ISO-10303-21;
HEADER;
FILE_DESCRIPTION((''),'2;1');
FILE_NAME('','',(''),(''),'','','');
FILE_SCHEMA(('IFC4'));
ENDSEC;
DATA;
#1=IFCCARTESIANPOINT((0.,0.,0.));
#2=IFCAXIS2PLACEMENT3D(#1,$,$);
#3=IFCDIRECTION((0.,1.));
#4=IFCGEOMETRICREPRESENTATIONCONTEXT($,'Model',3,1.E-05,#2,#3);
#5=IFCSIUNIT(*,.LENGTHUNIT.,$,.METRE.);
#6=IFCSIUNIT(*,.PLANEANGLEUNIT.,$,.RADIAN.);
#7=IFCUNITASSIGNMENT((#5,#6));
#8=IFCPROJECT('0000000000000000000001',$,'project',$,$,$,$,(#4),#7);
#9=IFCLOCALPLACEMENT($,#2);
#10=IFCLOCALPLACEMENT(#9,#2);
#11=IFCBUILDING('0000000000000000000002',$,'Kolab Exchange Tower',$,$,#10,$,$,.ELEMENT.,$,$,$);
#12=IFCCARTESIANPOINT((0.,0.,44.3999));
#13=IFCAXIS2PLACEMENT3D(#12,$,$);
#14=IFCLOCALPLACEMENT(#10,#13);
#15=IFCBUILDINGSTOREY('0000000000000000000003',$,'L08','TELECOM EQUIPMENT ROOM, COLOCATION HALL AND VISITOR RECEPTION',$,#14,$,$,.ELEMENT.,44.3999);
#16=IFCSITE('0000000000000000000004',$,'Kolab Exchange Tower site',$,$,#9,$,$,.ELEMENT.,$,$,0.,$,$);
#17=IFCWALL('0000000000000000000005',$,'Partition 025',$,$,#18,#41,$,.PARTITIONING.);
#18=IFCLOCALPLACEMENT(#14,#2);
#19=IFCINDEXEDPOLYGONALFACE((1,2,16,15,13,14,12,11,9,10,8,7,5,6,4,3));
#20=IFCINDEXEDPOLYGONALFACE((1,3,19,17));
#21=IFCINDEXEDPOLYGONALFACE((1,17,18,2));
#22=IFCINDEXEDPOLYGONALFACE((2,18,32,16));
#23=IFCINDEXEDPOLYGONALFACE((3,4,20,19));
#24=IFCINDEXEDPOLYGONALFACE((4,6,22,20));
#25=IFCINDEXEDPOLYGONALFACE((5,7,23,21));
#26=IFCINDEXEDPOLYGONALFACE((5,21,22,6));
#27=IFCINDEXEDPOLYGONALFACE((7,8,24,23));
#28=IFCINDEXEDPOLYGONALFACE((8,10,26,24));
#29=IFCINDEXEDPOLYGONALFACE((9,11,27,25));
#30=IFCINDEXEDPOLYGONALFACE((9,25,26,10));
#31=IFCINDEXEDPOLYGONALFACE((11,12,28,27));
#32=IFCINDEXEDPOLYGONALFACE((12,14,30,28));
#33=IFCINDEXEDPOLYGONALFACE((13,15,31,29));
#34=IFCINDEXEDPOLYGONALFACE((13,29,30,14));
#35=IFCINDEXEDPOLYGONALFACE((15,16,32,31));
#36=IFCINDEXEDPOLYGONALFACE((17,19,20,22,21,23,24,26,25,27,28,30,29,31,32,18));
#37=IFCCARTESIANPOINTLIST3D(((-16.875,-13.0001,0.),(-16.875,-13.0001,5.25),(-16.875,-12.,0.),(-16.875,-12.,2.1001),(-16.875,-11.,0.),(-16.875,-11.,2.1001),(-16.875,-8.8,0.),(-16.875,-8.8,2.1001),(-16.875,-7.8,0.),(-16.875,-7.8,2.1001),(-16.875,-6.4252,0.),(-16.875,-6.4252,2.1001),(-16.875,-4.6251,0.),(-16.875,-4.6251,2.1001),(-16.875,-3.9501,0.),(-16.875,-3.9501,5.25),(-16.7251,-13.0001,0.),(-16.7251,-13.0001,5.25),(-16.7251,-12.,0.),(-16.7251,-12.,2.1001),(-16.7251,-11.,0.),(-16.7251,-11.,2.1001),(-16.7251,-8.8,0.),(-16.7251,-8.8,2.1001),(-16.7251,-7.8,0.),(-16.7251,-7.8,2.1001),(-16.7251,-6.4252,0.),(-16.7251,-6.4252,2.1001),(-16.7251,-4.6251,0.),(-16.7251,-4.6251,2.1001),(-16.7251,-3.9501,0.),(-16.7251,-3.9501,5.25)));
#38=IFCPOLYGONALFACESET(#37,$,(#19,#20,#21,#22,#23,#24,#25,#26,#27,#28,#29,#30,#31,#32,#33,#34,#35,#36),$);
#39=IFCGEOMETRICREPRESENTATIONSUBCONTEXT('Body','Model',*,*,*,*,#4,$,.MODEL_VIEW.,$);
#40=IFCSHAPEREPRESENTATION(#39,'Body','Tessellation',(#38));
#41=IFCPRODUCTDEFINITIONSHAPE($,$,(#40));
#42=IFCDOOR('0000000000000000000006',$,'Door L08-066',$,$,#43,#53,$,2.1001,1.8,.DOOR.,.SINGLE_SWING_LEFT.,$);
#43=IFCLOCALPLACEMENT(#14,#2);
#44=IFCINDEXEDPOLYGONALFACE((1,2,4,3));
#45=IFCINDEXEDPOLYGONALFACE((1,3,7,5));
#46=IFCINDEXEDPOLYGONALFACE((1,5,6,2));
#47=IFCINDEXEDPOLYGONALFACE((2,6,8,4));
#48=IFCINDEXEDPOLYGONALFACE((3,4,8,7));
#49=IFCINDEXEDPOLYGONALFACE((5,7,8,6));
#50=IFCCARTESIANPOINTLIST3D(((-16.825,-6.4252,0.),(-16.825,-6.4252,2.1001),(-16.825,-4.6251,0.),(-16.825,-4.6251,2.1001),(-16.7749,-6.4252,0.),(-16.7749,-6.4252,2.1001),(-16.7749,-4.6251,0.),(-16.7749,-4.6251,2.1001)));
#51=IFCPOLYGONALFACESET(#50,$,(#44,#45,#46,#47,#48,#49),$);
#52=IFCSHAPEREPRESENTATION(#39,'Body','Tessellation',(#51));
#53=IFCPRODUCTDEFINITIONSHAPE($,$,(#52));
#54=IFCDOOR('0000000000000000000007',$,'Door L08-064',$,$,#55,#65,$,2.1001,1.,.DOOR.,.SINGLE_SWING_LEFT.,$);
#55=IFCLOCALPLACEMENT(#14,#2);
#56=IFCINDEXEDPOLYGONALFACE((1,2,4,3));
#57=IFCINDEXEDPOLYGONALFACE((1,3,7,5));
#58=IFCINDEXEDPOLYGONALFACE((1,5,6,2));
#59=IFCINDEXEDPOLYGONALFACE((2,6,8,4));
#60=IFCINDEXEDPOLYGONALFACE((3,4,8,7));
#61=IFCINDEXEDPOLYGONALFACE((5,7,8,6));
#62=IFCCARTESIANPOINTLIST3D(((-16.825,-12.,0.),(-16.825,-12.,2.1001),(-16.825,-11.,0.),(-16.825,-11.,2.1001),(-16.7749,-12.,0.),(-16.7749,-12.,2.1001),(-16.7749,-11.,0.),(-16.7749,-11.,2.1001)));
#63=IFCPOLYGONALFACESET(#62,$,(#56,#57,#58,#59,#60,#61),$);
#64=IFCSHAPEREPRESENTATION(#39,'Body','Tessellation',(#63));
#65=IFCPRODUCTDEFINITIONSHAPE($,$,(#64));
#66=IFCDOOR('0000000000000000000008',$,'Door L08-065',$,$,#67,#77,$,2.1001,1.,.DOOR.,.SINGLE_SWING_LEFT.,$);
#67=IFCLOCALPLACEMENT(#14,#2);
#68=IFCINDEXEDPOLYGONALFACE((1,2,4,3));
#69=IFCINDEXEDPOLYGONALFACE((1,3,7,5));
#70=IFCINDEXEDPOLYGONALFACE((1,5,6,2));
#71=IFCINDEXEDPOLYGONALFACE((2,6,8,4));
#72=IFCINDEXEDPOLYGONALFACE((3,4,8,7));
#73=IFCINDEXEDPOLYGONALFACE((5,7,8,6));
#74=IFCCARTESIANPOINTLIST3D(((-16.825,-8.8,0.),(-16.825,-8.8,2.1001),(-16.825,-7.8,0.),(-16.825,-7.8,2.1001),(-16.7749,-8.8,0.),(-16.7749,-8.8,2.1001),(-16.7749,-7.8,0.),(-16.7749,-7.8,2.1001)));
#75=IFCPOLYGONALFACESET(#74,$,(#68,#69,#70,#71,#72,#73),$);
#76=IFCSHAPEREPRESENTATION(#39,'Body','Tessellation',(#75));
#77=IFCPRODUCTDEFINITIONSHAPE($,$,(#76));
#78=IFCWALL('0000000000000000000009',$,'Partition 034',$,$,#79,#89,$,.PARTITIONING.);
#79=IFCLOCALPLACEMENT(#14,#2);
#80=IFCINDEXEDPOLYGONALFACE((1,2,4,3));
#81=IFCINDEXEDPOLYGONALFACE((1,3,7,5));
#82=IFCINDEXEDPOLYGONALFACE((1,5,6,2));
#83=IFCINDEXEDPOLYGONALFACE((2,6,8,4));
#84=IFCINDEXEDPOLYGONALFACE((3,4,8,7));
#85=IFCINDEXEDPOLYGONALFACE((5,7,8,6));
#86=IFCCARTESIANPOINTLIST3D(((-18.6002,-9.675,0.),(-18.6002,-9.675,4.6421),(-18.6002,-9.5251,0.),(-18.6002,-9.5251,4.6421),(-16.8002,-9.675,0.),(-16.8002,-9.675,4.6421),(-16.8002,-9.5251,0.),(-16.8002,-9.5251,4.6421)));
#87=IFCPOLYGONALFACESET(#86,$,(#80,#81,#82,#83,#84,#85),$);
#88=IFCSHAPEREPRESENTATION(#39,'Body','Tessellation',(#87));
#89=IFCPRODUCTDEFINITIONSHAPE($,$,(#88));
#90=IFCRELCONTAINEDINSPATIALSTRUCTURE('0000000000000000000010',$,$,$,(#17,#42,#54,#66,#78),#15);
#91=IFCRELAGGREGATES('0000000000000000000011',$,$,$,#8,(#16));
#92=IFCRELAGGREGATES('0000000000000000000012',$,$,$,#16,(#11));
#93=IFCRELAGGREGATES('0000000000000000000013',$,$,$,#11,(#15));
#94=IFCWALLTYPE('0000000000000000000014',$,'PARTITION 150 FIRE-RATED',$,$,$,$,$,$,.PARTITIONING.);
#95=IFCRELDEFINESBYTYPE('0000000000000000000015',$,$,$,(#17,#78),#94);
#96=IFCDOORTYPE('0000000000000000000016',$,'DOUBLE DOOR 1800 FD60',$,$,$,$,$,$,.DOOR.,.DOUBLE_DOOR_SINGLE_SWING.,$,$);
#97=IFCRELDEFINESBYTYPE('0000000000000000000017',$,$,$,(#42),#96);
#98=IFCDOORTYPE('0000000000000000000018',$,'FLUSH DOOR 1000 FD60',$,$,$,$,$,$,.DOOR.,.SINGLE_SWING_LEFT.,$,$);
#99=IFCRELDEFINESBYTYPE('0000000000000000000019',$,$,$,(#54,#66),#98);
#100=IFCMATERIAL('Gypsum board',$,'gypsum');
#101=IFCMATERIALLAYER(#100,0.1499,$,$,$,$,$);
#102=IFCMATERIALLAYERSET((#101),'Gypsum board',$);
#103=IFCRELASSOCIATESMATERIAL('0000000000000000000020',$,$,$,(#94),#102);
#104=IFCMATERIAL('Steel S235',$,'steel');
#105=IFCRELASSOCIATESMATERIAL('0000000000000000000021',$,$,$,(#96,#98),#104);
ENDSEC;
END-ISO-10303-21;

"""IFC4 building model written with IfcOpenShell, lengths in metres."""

from ifc_helpers import new_model, si_unit, direction, frame, frame_2d, origin, place, context, subcontext, project, spatial, rectangle, extrude, material, layer, layer_set, type_object, element, fill, save


model = new_model("IFC4")

# Units and contexts
model_context = context("Model", 3, precision=1e-05, world=origin(), true_north=direction((0.0, 1.0)))
body_context = subcontext(model_context, "Body", "Model", "MODEL_VIEW")
ifc_project = project(units=[si_unit("LENGTHUNIT", "METRE"), si_unit("PLANEANGLEUNIT", "RADIAN")], contexts=[model_context])

# Site, building, storey
site_placement = place(None, origin())
site = spatial("IfcSite", under=ifc_project, at=site_placement, Name="Kolab Exchange Tower site", CompositionType="ELEMENT", RefElevation=0.0)
building_placement = place(site_placement, origin())
building = spatial("IfcBuilding", under=site, at=building_placement, Name="Kolab Exchange Tower", CompositionType="ELEMENT")
storey_placement = place(building_placement, frame((0.0, 0.0, 44.3999)))
storey = spatial("IfcBuildingStorey", under=building, at=storey_placement, Name="L08", Description="TELECOM EQUIPMENT ROOM, COLOCATION HALL AND VISITOR RECEPTION", CompositionType="ELEMENT", Elevation=44.3999)

# Shared definitions
ifc_material_1 = material(Name="Steel S235", Category="steel")

# Shared definitions
ifc_material_2 = material(Name="Gypsum board", Category="gypsum")
ifc_layer_1 = layer(ifc_material_2, 0.1499)
ifc_layer_set_1 = layer_set([ifc_layer_1], Name="Gypsum board")
wall_type_1 = type_object("IfcWallType", Name="PARTITION 150 FIRE-RATED", PredefinedType="PARTITIONING", material=ifc_layer_set_1)

# Wall, openings, doors
wall_1_placement = place(storey_placement, frame((-16.8, -13.0, 0.0), z_axis=(0.0, 0.0, 1.0), x_axis=(0.0, 1.0, 0.0)))
wall_1 = element("IfcWall", 1, at=wall_1_placement, inside=storey, type_object=wall_type_1, Name="Partition 025", PredefinedType="PARTITIONING", context=body_context, shape_type="SweptSolid", body=[
    extrude(rectangle(XDim=9.05, YDim=0.1499, at=frame_2d((4.5249, 0.0))), origin(), (0.0, 0.0, 1.0), 5.25),
])
opening_1_placement = place(wall_1_placement, frame((1.0, 0.0, 0.0)))
opening_1 = element("IfcOpeningElement", 2, at=opening_1_placement, cuts=wall_1, PredefinedType="OPENING", context=body_context, shape_type="SweptSolid", body=[
    extrude(rectangle(XDim=1.0, YDim=2.1001, at=frame_2d((0.5, 1.05))), frame((0.0, 0.085, 0.0), z_axis=(0.0, -1.0, 0.0), x_axis=(1.0, 0.0, 0.0)), (0.0, 0.0, 1.0), 0.1699),
])
opening_2_placement = place(wall_1_placement, frame((4.2, 0.0, 0.0)))
opening_2 = element("IfcOpeningElement", 3, at=opening_2_placement, cuts=wall_1, PredefinedType="OPENING", context=body_context, shape_type="SweptSolid", body=[
    extrude(rectangle(XDim=1.0, YDim=2.1001, at=frame_2d((0.5, 1.05))), frame((0.0, 0.085, 0.0), z_axis=(0.0, -1.0, 0.0), x_axis=(1.0, 0.0, 0.0)), (0.0, 0.0, 1.0), 0.1699),
])
opening_3_placement = place(wall_1_placement, frame((6.575, 0.0, 0.0)))
opening_3 = element("IfcOpeningElement", 4, at=opening_3_placement, cuts=wall_1, PredefinedType="OPENING", context=body_context, shape_type="SweptSolid", body=[
    extrude(rectangle(XDim=1.8, YDim=2.1001, at=frame_2d((0.8999, 1.05))), frame((0.0, 0.085, 0.0), z_axis=(0.0, -1.0, 0.0), x_axis=(1.0, 0.0, 0.0)), (0.0, 0.0, 1.0), 0.1699),
])
door_type_1 = type_object("IfcDoorType", Name="DOUBLE DOOR 1800 FD60", OperationType="DOUBLE_DOOR_SINGLE_SWING", PredefinedType="DOOR", material=ifc_material_1)
door_1_placement = place(opening_3_placement, origin())
door_1 = element("IfcDoor", 5, at=door_1_placement, inside=storey, type_object=door_type_1, Name="Door L08-066", OperationType="SINGLE_SWING_LEFT", OverallHeight=2.1001, OverallWidth=1.8, PredefinedType="DOOR", context=body_context, shape_type="SweptSolid", body=[
    extrude(rectangle(XDim=1.8, YDim=2.1001, at=frame_2d((0.8999, 1.05))), frame((0.0, 0.0249, 0.0), z_axis=(0.0, -1.0, 0.0), x_axis=(1.0, 0.0, 0.0)), (0.0, 0.0, 1.0), 0.05),
])
fill(opening_3, door_1)
door_type_2 = type_object("IfcDoorType", Name="FLUSH DOOR 1000 FD60", OperationType="SINGLE_SWING_LEFT", PredefinedType="DOOR", material=ifc_material_1)
door_2_placement = place(opening_1_placement, origin())
door_2 = element("IfcDoor", 6, at=door_2_placement, inside=storey, type_object=door_type_2, Name="Door L08-064", OperationType="SINGLE_SWING_LEFT", OverallHeight=2.1001, OverallWidth=1.0, PredefinedType="DOOR", context=body_context, shape_type="SweptSolid", body=[
    extrude(rectangle(XDim=1.0, YDim=2.1001, at=frame_2d((0.5, 1.05))), frame((0.0, 0.0249, 0.0), z_axis=(0.0, -1.0, 0.0), x_axis=(1.0, 0.0, 0.0)), (0.0, 0.0, 1.0), 0.05),
])
fill(opening_1, door_2)
door_3_placement = place(opening_2_placement, origin())
door_3 = element("IfcDoor", 7, at=door_3_placement, inside=storey, type_object=door_type_2, Name="Door L08-065", OperationType="SINGLE_SWING_LEFT", OverallHeight=2.1001, OverallWidth=1.0, PredefinedType="DOOR", context=body_context, shape_type="SweptSolid", body=[
    extrude(rectangle(XDim=1.0, YDim=2.1001, at=frame_2d((0.5, 1.05))), frame((0.0, 0.0249, 0.0), z_axis=(0.0, -1.0, 0.0), x_axis=(1.0, 0.0, 0.0)), (0.0, 0.0, 1.0), 0.05),
])
fill(opening_2, door_3)

# Wall
wall_2_placement = place(storey_placement, frame((-18.6001, -9.6001, 0.0), z_axis=(0.0, 0.0, 1.0), x_axis=(1.0, 0.0, 0.0)))
element("IfcWall", 8, at=wall_2_placement, inside=storey, type_object=wall_type_1, Name="Partition 034", PredefinedType="PARTITIONING", context=body_context, shape_type="SweptSolid", body=[
    extrude(rectangle(XDim=1.8, YDim=0.1499, at=frame_2d((0.8999, 0.0))), origin(), (0.0, 0.0, 1.0), 4.6421),
])

save(model, "model.ifc")
